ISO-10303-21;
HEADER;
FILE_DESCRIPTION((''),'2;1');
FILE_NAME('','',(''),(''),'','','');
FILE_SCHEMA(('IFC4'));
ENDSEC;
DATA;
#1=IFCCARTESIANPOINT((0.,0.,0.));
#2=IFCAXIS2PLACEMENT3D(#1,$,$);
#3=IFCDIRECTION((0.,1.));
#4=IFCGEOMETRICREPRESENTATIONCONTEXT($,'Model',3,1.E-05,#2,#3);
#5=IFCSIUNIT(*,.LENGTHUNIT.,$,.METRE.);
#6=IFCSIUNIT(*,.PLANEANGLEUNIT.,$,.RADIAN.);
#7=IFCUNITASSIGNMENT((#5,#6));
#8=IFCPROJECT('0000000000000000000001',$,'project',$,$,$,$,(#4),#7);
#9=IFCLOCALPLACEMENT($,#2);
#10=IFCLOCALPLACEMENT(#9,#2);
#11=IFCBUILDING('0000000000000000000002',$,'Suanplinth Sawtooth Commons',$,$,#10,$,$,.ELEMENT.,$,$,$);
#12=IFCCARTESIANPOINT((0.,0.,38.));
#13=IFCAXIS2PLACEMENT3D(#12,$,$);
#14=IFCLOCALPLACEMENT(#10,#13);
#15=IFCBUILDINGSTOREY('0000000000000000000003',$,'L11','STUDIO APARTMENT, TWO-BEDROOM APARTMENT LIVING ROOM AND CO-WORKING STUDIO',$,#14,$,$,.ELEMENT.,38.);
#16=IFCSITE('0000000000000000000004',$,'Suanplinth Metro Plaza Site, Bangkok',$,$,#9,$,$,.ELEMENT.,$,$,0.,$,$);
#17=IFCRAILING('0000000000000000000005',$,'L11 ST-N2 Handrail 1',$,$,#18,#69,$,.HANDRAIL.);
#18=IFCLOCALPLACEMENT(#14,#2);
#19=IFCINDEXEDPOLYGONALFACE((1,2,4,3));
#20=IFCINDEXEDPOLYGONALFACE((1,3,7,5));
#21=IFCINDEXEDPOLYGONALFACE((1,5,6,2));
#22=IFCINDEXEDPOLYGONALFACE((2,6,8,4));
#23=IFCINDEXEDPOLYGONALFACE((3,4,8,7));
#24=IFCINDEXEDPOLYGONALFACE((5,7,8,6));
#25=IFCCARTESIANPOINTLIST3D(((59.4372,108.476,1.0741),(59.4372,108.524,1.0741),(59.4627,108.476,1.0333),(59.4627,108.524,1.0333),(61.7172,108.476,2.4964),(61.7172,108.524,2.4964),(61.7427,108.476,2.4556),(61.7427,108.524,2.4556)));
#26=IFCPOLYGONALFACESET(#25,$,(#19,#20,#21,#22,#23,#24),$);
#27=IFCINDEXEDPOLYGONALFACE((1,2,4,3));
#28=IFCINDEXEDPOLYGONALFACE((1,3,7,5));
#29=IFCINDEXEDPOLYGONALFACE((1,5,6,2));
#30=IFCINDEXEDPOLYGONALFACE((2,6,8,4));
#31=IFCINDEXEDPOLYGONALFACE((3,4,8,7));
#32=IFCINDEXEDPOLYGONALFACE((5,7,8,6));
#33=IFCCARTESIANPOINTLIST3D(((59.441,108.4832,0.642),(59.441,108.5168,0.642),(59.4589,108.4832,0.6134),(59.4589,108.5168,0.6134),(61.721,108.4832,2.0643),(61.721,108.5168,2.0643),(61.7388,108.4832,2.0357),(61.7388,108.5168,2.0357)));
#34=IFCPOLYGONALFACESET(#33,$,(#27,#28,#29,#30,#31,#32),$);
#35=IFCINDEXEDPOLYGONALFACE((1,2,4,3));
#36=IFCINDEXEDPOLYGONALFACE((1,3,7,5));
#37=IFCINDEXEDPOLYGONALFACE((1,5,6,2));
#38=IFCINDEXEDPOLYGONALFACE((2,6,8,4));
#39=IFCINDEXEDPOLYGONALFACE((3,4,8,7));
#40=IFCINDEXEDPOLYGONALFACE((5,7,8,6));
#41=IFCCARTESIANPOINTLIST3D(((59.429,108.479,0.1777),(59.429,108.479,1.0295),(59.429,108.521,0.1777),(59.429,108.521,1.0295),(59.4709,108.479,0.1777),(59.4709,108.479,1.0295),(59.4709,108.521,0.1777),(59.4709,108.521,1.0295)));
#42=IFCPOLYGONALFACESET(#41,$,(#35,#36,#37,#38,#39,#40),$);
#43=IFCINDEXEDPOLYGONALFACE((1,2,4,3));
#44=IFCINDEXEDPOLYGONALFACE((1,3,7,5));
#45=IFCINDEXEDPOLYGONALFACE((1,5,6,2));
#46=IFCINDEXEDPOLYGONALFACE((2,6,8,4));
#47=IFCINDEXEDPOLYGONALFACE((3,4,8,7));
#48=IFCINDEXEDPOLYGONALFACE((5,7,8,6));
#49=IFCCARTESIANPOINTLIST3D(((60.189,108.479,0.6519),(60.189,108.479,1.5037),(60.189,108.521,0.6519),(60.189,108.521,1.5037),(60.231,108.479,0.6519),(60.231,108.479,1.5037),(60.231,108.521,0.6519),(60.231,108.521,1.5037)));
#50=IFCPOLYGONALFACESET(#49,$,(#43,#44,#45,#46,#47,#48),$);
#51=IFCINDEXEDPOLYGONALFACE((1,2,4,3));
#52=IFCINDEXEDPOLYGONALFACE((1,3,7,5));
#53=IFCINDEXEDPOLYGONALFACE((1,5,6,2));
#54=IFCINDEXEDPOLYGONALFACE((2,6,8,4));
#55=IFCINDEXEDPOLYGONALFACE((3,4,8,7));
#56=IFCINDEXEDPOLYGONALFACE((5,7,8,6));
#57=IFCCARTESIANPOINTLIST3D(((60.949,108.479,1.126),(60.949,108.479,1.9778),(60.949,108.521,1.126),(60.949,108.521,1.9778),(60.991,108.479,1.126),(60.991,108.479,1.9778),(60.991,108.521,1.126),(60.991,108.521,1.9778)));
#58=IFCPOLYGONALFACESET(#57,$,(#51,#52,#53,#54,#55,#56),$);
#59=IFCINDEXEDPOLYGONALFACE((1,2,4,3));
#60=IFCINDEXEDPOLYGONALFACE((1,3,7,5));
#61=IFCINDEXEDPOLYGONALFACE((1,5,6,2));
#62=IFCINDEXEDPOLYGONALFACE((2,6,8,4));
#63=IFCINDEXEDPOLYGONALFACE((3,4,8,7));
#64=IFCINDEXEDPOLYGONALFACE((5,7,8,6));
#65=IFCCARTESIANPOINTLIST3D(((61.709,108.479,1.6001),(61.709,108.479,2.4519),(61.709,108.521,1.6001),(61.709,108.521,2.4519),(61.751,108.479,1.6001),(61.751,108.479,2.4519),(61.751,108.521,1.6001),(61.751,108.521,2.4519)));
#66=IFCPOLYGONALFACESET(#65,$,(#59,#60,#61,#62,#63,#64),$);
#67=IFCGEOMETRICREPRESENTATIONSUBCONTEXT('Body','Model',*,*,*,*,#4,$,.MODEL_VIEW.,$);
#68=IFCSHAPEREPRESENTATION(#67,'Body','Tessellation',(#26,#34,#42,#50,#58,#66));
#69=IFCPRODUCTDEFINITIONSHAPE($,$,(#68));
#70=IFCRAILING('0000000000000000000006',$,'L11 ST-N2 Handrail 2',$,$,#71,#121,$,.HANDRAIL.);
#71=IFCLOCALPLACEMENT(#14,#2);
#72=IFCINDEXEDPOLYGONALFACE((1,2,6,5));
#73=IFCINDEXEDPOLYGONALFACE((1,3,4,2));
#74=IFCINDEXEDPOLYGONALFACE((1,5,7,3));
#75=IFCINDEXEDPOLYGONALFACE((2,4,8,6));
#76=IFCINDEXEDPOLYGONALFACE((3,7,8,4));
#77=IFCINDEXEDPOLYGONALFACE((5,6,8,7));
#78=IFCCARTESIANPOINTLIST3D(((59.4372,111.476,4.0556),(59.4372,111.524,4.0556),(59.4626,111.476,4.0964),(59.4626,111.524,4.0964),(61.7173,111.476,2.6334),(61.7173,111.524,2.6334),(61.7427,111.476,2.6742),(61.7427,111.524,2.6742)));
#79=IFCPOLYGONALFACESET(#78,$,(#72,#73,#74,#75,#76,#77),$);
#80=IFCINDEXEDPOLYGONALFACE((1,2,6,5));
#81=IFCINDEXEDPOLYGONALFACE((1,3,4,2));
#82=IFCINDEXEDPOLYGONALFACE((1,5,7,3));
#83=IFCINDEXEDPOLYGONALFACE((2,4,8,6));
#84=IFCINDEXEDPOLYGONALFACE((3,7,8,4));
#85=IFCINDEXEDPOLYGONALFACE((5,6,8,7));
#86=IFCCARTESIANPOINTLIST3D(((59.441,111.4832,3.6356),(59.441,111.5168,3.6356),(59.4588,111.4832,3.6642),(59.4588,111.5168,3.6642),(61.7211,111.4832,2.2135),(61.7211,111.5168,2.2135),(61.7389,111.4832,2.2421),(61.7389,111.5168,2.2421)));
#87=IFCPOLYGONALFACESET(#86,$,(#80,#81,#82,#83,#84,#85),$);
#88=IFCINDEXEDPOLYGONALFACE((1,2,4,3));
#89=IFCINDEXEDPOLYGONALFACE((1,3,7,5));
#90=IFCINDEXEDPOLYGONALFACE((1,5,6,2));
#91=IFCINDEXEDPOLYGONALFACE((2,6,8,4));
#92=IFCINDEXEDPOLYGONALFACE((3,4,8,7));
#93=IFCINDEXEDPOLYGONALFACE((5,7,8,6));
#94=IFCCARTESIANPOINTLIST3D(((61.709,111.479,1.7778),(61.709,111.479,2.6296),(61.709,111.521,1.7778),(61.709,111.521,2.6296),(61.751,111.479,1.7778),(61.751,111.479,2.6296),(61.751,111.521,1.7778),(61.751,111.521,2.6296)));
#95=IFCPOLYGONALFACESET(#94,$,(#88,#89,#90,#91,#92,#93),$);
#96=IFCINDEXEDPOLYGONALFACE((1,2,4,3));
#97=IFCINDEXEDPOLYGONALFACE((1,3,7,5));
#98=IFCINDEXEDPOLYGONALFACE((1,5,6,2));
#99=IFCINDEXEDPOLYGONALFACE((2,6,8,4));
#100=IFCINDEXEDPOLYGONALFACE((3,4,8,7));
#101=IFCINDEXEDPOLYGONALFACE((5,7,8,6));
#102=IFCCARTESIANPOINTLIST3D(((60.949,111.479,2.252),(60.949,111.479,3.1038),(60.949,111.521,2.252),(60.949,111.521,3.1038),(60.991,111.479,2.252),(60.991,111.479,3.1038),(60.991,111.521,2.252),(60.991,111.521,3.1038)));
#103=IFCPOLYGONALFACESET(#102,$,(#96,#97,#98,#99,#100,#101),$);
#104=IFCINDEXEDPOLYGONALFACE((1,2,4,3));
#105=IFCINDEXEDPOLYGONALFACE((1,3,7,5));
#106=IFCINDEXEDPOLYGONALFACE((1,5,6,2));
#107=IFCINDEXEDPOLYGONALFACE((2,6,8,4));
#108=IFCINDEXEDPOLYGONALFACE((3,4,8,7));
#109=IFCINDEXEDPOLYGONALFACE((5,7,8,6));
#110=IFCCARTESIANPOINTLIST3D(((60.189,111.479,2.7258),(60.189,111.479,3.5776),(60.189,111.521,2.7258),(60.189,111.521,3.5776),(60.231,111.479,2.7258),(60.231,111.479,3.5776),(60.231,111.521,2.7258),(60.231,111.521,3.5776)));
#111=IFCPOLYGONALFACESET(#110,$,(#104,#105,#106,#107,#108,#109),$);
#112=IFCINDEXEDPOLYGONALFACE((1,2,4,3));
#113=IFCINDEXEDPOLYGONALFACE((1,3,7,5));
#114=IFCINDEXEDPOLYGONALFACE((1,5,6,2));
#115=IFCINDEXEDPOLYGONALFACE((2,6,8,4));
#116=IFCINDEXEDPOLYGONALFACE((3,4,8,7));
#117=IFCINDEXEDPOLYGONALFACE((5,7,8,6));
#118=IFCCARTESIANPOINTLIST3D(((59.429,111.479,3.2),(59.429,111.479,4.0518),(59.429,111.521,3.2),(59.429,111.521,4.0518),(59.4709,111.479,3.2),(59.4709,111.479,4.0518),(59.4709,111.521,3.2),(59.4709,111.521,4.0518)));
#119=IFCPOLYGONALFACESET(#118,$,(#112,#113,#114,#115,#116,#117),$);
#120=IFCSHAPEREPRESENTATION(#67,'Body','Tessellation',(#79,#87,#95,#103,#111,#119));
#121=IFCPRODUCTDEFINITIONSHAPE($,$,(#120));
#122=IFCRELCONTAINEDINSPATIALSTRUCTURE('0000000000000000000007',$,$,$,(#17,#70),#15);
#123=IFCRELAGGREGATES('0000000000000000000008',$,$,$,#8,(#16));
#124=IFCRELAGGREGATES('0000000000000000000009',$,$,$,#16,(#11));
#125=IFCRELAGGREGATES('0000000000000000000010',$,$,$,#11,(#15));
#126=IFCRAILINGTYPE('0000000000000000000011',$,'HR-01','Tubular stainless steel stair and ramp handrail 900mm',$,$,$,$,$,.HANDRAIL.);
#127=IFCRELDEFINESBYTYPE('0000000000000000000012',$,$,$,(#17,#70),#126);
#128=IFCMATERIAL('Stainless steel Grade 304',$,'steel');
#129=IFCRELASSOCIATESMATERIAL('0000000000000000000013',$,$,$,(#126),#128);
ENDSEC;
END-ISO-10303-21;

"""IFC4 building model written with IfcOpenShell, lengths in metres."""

from ifc_helpers import new_model, si_unit, direction, frame, origin, origin_2d, place, context, subcontext, project, spatial, rectangle, extrude, material, type_object, element, save


model = new_model("IFC4")

# Units and contexts
model_context = context("Model", 3, precision=1e-05, world=origin(), true_north=direction((0.0, 1.0)))
body_context = subcontext(model_context, "Body", "Model", "MODEL_VIEW")
ifc_project = project(units=[si_unit("LENGTHUNIT", "METRE"), si_unit("PLANEANGLEUNIT", "RADIAN")], contexts=[model_context])

# Site, building, storey
site_placement = place(None, origin())
site = spatial("IfcSite", under=ifc_project, at=site_placement, Name="Suanplinth Metro Plaza Site, Bangkok", CompositionType="ELEMENT", RefElevation=0.0)
building_placement = place(site_placement, origin())
building = spatial("IfcBuilding", under=site, at=building_placement, Name="Suanplinth Sawtooth Commons", CompositionType="ELEMENT")
storey_placement = place(building_placement, frame((0.0, 0.0, 38.0)))
storey = spatial("IfcBuildingStorey", under=building, at=storey_placement, Name="L11", Description="STUDIO APARTMENT, TWO-BEDROOM APARTMENT LIVING ROOM AND CO-WORKING STUDIO", CompositionType="ELEMENT", Elevation=38.0)

# Shared definitions
ifc_material_1 = material(Name="Stainless steel Grade 304", Category="steel")

# Railings
railing_type_1 = type_object("IfcRailingType", Name="HR-01", Description="Tubular stainless steel stair and ramp handrail 900mm", PredefinedType="HANDRAIL", material=ifc_material_1)
railing_1_placement = place(storey_placement, frame((59.45, 108.5, 0.1777)))
element("IfcRailing", 1, at=railing_1_placement, inside=storey, type_object=railing_type_1, Name="L11 ST-N2 Handrail 1", PredefinedType="HANDRAIL", context=body_context, shape_type="SweptSolid", body=[
    extrude(rectangle(XDim=0.0481, YDim=0.0481, at=origin_2d()), frame((0.0, 0.0, 0.876), z_axis=(0.848442, 0.0, 0.529288), x_axis=(0.0, 1.0, 0.0)), (0.0, 0.0, 1.0), 2.6873),
    extrude(rectangle(XDim=0.0337, YDim=0.0337, at=origin_2d()), frame((0.0, 0.0, 0.45), z_axis=(0.848442, 0.0, 0.529288), x_axis=(0.0, 1.0, 0.0)), (0.0, 0.0, 1.0), 2.6873),
    extrude(rectangle(XDim=0.042, YDim=0.042, at=origin_2d()), origin(), (0.0, 0.0, 1.0), 0.8518),
    extrude(rectangle(XDim=0.042, YDim=0.042, at=origin_2d()), frame((0.76, 0.0, 0.4741)), (0.0, 0.0, 1.0), 0.8518),
    extrude(rectangle(XDim=0.042, YDim=0.042, at=origin_2d()), frame((1.52, 0.0, 0.9482)), (0.0, 0.0, 1.0), 0.8518),
    extrude(rectangle(XDim=0.042, YDim=0.042, at=origin_2d()), frame((2.28, 0.0, 1.4224)), (0.0, 0.0, 1.0), 0.8518),
])
railing_2_placement = place(storey_placement, frame((61.73, 111.5, 1.7778)))
element("IfcRailing", 2, at=railing_2_placement, inside=storey, type_object=railing_type_1, Name="L11 ST-N2 Handrail 2", PredefinedType="HANDRAIL", context=body_context, shape_type="SweptSolid", body=[
    extrude(rectangle(XDim=0.0481, YDim=0.0481, at=origin_2d()), frame((0.0, 0.0, 0.876), z_axis=(-0.848483, 0.0, 0.529223), x_axis=(0.0, -1.0, 0.0)), (0.0, 0.0, 1.0), 2.6873),
    extrude(rectangle(XDim=0.0337, YDim=0.0337, at=origin_2d()), frame((0.0, 0.0, 0.45), z_axis=(-0.848483, 0.0, 0.529223), x_axis=(0.0, -1.0, 0.0)), (0.0, 0.0, 1.0), 2.6873),
    extrude(rectangle(XDim=0.042, YDim=0.042, at=origin_2d()), origin(), (0.0, 0.0, 1.0), 0.8518),
    extrude(rectangle(XDim=0.042, YDim=0.042, at=origin_2d()), frame((-0.76, 0.0, 0.4741)), (0.0, 0.0, 1.0), 0.8518),
    extrude(rectangle(XDim=0.042, YDim=0.042, at=origin_2d()), frame((-1.52, 0.0, 0.948)), (0.0, 0.0, 1.0), 0.8518),
    extrude(rectangle(XDim=0.042, YDim=0.042, at=origin_2d()), frame((-2.28, 0.0, 1.4221)), (0.0, 0.0, 1.0), 0.8518),
])

save(model, "model.ifc")
